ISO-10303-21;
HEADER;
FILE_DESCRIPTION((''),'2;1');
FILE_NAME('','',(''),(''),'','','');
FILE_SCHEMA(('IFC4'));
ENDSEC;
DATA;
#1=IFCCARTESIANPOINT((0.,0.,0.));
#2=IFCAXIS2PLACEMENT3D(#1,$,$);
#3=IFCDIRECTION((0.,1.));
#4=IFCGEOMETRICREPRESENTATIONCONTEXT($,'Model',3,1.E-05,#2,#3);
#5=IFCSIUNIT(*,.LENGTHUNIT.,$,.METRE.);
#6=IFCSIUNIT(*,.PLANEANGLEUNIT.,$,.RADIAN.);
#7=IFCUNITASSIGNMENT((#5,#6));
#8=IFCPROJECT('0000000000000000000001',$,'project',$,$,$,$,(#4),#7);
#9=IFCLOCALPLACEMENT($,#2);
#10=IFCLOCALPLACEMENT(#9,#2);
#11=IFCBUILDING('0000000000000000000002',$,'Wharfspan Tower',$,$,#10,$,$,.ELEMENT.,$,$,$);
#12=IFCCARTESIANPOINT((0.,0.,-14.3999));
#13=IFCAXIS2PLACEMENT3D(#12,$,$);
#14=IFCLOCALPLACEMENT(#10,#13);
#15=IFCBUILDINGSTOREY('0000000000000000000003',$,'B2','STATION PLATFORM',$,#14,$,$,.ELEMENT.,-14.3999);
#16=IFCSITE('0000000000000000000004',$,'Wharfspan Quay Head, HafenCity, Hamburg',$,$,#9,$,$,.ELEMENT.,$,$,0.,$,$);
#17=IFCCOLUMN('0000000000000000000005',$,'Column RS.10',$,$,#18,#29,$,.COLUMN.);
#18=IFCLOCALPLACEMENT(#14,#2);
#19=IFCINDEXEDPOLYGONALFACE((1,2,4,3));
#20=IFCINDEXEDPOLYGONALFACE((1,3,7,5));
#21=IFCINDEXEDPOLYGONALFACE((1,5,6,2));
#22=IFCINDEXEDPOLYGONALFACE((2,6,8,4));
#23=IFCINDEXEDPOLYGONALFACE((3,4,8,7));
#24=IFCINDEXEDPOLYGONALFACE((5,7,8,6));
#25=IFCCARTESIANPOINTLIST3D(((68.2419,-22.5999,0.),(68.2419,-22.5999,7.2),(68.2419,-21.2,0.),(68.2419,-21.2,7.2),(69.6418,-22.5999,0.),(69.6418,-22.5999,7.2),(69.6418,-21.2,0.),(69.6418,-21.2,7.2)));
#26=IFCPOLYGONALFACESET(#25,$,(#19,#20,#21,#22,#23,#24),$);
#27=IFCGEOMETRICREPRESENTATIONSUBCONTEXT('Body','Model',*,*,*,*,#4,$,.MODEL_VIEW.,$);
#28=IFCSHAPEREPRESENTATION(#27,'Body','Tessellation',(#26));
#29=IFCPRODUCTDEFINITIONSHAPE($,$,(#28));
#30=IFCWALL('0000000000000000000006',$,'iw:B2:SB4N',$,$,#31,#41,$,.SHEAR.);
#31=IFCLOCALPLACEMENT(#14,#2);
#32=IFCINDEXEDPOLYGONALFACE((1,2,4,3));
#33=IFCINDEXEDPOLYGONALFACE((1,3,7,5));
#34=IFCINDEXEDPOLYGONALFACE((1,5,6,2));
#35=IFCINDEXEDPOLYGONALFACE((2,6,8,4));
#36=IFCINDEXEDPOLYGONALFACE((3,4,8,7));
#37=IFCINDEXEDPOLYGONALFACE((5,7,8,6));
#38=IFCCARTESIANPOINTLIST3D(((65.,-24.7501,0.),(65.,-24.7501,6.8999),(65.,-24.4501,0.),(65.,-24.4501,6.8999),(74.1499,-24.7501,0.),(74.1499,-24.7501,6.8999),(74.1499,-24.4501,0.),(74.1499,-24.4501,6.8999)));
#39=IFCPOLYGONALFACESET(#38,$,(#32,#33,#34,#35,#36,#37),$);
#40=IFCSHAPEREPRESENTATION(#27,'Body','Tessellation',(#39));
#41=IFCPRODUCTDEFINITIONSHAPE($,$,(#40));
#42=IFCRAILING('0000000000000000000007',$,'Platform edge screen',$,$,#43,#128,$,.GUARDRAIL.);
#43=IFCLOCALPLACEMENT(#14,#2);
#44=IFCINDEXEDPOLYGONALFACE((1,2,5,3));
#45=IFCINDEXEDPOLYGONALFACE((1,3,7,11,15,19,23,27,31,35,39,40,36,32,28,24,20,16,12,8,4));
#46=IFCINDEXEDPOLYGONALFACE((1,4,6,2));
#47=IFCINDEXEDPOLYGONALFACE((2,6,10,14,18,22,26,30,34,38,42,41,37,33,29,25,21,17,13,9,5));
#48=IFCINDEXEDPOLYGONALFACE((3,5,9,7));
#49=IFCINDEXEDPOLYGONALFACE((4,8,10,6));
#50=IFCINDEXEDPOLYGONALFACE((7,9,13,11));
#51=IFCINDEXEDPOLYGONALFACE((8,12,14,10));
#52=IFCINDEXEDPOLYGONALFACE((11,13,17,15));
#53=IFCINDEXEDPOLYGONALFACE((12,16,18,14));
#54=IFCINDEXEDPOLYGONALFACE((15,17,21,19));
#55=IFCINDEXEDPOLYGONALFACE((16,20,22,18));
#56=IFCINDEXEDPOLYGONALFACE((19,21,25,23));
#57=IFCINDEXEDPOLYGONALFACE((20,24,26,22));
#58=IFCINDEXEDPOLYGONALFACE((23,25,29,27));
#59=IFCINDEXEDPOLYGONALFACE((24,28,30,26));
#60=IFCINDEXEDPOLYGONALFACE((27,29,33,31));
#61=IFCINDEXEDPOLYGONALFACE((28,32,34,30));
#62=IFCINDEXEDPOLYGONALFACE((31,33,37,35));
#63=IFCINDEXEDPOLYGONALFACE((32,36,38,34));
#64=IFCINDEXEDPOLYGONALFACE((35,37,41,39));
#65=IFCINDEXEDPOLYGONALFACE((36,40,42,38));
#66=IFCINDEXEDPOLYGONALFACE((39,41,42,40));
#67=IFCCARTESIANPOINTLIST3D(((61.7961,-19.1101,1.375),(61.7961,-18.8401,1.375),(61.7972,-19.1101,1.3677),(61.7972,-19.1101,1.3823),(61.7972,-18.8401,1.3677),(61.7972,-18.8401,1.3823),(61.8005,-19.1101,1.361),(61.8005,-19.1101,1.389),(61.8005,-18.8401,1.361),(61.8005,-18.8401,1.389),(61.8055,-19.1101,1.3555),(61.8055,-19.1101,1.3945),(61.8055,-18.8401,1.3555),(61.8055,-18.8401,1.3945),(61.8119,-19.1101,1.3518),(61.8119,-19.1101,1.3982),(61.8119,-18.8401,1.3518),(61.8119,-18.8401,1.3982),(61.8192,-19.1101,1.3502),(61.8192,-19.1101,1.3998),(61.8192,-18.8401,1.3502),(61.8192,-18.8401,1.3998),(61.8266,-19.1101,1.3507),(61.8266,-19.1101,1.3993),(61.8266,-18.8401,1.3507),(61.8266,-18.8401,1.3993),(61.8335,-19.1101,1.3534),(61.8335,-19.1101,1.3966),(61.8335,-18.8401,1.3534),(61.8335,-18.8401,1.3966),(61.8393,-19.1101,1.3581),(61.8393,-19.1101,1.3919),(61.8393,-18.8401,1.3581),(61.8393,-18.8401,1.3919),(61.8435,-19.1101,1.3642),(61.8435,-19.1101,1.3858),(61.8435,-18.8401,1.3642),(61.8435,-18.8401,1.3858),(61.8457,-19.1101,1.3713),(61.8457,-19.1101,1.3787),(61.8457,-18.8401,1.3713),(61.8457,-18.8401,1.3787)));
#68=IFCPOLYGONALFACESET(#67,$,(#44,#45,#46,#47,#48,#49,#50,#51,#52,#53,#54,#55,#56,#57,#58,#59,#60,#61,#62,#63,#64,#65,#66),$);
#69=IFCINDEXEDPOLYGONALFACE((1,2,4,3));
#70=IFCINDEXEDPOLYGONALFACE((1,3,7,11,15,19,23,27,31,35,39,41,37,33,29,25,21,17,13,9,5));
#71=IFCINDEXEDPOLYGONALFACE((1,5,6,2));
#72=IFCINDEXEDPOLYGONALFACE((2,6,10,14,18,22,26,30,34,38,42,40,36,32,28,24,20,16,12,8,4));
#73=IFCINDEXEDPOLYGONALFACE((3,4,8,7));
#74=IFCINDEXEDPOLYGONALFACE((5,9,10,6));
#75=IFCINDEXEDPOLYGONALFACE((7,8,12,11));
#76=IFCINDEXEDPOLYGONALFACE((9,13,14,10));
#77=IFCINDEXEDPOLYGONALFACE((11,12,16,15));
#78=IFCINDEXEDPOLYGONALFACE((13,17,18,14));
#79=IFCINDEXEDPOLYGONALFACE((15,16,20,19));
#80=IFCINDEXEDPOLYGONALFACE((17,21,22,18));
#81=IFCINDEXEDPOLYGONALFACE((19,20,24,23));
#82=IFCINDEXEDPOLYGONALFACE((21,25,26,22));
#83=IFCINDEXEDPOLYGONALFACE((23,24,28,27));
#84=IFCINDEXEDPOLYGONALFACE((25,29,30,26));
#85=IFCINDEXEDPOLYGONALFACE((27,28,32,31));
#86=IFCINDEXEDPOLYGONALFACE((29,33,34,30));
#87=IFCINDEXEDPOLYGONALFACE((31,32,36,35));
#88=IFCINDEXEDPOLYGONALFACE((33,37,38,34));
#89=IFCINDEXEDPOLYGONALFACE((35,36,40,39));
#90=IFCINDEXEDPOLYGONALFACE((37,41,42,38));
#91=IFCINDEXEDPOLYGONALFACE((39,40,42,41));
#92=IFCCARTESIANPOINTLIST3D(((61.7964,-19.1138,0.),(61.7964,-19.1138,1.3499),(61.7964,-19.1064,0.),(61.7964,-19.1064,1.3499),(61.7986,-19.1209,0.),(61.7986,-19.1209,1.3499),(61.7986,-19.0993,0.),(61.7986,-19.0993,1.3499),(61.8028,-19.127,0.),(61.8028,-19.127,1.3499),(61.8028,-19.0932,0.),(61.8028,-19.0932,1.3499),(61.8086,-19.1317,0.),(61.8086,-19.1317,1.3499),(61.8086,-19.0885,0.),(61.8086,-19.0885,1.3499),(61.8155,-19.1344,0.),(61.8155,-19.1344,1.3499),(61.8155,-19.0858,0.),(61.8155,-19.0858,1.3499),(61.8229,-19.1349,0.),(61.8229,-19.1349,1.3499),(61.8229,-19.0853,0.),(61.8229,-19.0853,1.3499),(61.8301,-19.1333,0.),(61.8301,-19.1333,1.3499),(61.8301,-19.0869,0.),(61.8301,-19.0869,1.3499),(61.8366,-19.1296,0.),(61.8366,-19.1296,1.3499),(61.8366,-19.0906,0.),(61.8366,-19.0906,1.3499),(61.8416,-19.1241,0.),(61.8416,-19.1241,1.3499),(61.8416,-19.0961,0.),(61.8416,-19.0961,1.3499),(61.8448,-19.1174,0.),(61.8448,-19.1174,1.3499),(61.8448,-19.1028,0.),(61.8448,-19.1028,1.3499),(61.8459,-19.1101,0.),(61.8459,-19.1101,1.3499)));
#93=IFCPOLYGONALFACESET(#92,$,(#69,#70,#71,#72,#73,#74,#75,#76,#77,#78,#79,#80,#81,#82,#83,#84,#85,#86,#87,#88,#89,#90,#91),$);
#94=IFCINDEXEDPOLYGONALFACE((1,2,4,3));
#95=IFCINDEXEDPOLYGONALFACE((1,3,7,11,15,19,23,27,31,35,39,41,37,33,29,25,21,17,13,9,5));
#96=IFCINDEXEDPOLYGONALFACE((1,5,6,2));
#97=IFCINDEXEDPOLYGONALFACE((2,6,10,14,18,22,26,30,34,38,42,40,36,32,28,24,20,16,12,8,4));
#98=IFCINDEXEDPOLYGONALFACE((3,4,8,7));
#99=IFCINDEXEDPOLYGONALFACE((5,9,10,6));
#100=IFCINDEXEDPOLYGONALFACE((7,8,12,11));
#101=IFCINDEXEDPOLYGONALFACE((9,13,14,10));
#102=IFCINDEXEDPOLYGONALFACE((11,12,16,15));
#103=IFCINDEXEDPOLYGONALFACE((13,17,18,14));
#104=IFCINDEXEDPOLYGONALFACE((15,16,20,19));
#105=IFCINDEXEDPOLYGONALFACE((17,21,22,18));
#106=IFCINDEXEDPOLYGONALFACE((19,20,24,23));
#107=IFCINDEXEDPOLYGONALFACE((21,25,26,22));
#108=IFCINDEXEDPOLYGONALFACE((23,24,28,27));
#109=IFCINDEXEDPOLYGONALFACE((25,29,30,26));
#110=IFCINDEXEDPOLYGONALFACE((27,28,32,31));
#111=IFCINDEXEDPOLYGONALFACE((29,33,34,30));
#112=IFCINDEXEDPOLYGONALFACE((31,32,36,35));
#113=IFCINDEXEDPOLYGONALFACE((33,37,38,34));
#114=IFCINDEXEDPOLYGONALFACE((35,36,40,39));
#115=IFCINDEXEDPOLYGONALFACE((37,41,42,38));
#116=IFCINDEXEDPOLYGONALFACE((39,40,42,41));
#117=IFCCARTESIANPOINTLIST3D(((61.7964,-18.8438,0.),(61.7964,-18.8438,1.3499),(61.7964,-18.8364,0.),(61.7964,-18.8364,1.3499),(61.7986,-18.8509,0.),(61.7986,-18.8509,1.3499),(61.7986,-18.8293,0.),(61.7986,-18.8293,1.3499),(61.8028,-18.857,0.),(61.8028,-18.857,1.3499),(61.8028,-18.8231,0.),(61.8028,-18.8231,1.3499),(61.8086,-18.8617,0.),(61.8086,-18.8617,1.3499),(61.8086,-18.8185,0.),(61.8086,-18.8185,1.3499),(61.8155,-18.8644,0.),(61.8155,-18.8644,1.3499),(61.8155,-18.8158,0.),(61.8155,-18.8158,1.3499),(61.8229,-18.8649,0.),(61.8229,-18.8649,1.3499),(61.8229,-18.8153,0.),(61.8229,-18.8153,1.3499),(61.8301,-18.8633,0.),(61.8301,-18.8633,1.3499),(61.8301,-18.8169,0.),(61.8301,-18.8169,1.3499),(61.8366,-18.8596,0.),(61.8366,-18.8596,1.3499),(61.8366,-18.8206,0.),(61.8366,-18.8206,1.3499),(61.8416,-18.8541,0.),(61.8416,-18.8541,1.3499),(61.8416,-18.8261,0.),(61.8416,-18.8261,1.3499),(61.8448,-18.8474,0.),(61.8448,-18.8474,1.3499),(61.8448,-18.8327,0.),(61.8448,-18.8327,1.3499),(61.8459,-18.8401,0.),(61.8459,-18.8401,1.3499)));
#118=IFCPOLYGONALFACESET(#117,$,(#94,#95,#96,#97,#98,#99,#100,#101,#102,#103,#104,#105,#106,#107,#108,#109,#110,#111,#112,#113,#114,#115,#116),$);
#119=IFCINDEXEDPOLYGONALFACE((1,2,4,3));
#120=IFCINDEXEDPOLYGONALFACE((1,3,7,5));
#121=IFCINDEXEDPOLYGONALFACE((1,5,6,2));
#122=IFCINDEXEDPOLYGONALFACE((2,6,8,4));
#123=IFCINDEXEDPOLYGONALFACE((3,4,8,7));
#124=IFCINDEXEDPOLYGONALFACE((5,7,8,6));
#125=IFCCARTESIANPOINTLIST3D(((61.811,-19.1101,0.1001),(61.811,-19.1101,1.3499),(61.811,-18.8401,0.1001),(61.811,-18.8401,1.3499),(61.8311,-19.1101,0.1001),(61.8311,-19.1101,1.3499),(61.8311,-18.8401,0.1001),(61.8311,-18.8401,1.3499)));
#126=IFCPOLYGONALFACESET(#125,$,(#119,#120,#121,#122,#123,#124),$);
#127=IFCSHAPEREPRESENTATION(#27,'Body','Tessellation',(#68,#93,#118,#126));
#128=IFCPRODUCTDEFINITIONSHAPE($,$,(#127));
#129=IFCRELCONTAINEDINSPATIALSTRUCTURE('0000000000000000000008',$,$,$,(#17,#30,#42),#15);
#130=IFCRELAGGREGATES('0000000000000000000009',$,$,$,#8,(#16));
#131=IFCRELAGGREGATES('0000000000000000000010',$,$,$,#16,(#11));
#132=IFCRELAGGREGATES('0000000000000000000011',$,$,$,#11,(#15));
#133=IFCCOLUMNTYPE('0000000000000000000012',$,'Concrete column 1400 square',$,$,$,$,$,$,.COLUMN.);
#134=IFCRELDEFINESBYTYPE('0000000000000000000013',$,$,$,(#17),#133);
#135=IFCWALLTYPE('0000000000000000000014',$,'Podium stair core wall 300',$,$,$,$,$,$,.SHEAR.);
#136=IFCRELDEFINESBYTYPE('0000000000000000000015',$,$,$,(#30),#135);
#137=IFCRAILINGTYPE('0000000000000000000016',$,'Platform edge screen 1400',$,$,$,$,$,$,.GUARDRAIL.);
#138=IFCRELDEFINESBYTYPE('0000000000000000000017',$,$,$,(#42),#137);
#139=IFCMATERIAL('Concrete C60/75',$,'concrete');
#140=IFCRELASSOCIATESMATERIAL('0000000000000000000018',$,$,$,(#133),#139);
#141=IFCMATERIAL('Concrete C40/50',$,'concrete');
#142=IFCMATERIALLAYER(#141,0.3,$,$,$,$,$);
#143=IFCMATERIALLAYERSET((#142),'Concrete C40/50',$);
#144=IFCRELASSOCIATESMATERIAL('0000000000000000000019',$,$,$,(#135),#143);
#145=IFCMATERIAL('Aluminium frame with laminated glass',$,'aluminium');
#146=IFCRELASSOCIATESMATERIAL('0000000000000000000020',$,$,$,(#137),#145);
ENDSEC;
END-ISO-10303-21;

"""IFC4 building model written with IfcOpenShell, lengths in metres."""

from ifc_helpers import new_model, si_unit, direction, frame, frame_2d, origin, origin_2d, place, context, subcontext, project, spatial, rectangle, circle, extrude, material, layer, layer_set, material_profile, profile_set, type_object, element, save


model = new_model("IFC4")

# Units and contexts
model_context = context("Model", 3, precision=1e-05, world=origin(), true_north=direction((0.0, 1.0)))
body_context = subcontext(model_context, "Body", "Model", "MODEL_VIEW")
ifc_project = project(units=[si_unit("LENGTHUNIT", "METRE"), si_unit("PLANEANGLEUNIT", "RADIAN")], contexts=[model_context])

# Site, building, storey
site_placement = place(None, origin())
site = spatial("IfcSite", under=ifc_project, at=site_placement, Name="Wharfspan Quay Head, HafenCity, Hamburg", CompositionType="ELEMENT", RefElevation=0.0)
building_placement = place(site_placement, origin())
building = spatial("IfcBuilding", under=site, at=building_placement, Name="Wharfspan Tower", CompositionType="ELEMENT")
storey_placement = place(building_placement, frame((0.0, 0.0, -14.3999)))
storey = spatial("IfcBuildingStorey", under=building, at=storey_placement, Name="B2", Description="STATION PLATFORM", CompositionType="ELEMENT", Elevation=-14.3999)

# Column
ifc_material_1 = material(Name="Concrete C60/75", Category="concrete")
ifc_material_profile_1 = material_profile(ifc_material_1, rectangle(XDim=1.3999, YDim=1.3999, at=origin_2d()))
ifc_profile_set_1 = profile_set([ifc_material_profile_1], Name="Concrete C60/75")
column_type_1 = type_object("IfcColumnType", Name="Concrete column 1400 square", PredefinedType="COLUMN", material=ifc_profile_set_1)
for number, where, z_axis, x_axis, name in (
    (1, (68.9419, -21.8999, 0.0), (0.0, 0.0, 1.0), (1.0, 0.0, 0.0), "Column RS.10"),
):
    element("IfcColumn", number, at=place(storey_placement, frame(where, z_axis=z_axis, x_axis=x_axis)), inside=storey, type_object=column_type_1, Name=name, PredefinedType="COLUMN", context=body_context, shape_type="SweptSolid", body=[
        extrude(rectangle(XDim=1.3999, YDim=1.3999, at=origin_2d()), origin(), (0.0, 0.0, 1.0), 7.2),
    ])

# Wall
ifc_material_2 = material(Name="Concrete C40/50", Category="concrete")
ifc_layer = layer(ifc_material_2, 0.3)
ifc_layer_set = layer_set([ifc_layer], Name="Concrete C40/50")
wall_type = type_object("IfcWallType", Name="Podium stair core wall 300", PredefinedType="SHEAR", material=ifc_layer_set)
wall_placement = place(storey_placement, frame((65.0, -24.6001, 0.0), z_axis=(0.0, 0.0, 1.0), x_axis=(1.0, 0.0, 0.0)))
element("IfcWall", 2, at=wall_placement, inside=storey, type_object=wall_type, Name="iw:B2:SB4N", PredefinedType="SHEAR", context=body_context, shape_type="SweptSolid", body=[
    extrude(rectangle(XDim=9.1499, YDim=0.3, at=frame_2d((4.575, 0.0))), origin(), (0.0, 0.0, 1.0), 6.8999),
])

# Railing
ifc_material_3 = material(Name="Aluminium frame with laminated glass", Category="aluminium")
railing_type_1 = type_object("IfcRailingType", Name="Platform edge screen 1400", PredefinedType="GUARDRAIL", material=ifc_material_3)
railing_1_placement = place(storey_placement, frame((61.821, -19.1101, 0.0)))
element("IfcRailing", 3, at=railing_1_placement, inside=storey, type_object=railing_type_1, Name="Platform edge screen", PredefinedType="GUARDRAIL", context=body_context, shape_type="SweptSolid", body=[
    extrude(circle(Radius=0.0249, at=origin_2d()), frame((0.0, 0.0, 1.375), z_axis=(0.0, 1.0, 0.0), x_axis=(-1.0, 0.0, 0.0)), (0.0, 0.0, 1.0), 0.27),
    extrude(circle(Radius=0.0249, at=origin_2d()), origin(), (0.0, 0.0, 1.0), 1.3499),
    extrude(circle(Radius=0.0249, at=origin_2d()), frame((0.0, 0.27, 0.0)), (0.0, 0.0, 1.0), 1.3499),
    extrude(rectangle(XDim=0.27, YDim=0.02, at=origin_2d()), frame((0.0, 0.135, 0.1001), z_axis=(0.0, 0.0, 1.0), x_axis=(0.0, 1.0, 0.0)), (0.0, 0.0, 1.0), 1.2498),
])

save(model, "model.ifc")
